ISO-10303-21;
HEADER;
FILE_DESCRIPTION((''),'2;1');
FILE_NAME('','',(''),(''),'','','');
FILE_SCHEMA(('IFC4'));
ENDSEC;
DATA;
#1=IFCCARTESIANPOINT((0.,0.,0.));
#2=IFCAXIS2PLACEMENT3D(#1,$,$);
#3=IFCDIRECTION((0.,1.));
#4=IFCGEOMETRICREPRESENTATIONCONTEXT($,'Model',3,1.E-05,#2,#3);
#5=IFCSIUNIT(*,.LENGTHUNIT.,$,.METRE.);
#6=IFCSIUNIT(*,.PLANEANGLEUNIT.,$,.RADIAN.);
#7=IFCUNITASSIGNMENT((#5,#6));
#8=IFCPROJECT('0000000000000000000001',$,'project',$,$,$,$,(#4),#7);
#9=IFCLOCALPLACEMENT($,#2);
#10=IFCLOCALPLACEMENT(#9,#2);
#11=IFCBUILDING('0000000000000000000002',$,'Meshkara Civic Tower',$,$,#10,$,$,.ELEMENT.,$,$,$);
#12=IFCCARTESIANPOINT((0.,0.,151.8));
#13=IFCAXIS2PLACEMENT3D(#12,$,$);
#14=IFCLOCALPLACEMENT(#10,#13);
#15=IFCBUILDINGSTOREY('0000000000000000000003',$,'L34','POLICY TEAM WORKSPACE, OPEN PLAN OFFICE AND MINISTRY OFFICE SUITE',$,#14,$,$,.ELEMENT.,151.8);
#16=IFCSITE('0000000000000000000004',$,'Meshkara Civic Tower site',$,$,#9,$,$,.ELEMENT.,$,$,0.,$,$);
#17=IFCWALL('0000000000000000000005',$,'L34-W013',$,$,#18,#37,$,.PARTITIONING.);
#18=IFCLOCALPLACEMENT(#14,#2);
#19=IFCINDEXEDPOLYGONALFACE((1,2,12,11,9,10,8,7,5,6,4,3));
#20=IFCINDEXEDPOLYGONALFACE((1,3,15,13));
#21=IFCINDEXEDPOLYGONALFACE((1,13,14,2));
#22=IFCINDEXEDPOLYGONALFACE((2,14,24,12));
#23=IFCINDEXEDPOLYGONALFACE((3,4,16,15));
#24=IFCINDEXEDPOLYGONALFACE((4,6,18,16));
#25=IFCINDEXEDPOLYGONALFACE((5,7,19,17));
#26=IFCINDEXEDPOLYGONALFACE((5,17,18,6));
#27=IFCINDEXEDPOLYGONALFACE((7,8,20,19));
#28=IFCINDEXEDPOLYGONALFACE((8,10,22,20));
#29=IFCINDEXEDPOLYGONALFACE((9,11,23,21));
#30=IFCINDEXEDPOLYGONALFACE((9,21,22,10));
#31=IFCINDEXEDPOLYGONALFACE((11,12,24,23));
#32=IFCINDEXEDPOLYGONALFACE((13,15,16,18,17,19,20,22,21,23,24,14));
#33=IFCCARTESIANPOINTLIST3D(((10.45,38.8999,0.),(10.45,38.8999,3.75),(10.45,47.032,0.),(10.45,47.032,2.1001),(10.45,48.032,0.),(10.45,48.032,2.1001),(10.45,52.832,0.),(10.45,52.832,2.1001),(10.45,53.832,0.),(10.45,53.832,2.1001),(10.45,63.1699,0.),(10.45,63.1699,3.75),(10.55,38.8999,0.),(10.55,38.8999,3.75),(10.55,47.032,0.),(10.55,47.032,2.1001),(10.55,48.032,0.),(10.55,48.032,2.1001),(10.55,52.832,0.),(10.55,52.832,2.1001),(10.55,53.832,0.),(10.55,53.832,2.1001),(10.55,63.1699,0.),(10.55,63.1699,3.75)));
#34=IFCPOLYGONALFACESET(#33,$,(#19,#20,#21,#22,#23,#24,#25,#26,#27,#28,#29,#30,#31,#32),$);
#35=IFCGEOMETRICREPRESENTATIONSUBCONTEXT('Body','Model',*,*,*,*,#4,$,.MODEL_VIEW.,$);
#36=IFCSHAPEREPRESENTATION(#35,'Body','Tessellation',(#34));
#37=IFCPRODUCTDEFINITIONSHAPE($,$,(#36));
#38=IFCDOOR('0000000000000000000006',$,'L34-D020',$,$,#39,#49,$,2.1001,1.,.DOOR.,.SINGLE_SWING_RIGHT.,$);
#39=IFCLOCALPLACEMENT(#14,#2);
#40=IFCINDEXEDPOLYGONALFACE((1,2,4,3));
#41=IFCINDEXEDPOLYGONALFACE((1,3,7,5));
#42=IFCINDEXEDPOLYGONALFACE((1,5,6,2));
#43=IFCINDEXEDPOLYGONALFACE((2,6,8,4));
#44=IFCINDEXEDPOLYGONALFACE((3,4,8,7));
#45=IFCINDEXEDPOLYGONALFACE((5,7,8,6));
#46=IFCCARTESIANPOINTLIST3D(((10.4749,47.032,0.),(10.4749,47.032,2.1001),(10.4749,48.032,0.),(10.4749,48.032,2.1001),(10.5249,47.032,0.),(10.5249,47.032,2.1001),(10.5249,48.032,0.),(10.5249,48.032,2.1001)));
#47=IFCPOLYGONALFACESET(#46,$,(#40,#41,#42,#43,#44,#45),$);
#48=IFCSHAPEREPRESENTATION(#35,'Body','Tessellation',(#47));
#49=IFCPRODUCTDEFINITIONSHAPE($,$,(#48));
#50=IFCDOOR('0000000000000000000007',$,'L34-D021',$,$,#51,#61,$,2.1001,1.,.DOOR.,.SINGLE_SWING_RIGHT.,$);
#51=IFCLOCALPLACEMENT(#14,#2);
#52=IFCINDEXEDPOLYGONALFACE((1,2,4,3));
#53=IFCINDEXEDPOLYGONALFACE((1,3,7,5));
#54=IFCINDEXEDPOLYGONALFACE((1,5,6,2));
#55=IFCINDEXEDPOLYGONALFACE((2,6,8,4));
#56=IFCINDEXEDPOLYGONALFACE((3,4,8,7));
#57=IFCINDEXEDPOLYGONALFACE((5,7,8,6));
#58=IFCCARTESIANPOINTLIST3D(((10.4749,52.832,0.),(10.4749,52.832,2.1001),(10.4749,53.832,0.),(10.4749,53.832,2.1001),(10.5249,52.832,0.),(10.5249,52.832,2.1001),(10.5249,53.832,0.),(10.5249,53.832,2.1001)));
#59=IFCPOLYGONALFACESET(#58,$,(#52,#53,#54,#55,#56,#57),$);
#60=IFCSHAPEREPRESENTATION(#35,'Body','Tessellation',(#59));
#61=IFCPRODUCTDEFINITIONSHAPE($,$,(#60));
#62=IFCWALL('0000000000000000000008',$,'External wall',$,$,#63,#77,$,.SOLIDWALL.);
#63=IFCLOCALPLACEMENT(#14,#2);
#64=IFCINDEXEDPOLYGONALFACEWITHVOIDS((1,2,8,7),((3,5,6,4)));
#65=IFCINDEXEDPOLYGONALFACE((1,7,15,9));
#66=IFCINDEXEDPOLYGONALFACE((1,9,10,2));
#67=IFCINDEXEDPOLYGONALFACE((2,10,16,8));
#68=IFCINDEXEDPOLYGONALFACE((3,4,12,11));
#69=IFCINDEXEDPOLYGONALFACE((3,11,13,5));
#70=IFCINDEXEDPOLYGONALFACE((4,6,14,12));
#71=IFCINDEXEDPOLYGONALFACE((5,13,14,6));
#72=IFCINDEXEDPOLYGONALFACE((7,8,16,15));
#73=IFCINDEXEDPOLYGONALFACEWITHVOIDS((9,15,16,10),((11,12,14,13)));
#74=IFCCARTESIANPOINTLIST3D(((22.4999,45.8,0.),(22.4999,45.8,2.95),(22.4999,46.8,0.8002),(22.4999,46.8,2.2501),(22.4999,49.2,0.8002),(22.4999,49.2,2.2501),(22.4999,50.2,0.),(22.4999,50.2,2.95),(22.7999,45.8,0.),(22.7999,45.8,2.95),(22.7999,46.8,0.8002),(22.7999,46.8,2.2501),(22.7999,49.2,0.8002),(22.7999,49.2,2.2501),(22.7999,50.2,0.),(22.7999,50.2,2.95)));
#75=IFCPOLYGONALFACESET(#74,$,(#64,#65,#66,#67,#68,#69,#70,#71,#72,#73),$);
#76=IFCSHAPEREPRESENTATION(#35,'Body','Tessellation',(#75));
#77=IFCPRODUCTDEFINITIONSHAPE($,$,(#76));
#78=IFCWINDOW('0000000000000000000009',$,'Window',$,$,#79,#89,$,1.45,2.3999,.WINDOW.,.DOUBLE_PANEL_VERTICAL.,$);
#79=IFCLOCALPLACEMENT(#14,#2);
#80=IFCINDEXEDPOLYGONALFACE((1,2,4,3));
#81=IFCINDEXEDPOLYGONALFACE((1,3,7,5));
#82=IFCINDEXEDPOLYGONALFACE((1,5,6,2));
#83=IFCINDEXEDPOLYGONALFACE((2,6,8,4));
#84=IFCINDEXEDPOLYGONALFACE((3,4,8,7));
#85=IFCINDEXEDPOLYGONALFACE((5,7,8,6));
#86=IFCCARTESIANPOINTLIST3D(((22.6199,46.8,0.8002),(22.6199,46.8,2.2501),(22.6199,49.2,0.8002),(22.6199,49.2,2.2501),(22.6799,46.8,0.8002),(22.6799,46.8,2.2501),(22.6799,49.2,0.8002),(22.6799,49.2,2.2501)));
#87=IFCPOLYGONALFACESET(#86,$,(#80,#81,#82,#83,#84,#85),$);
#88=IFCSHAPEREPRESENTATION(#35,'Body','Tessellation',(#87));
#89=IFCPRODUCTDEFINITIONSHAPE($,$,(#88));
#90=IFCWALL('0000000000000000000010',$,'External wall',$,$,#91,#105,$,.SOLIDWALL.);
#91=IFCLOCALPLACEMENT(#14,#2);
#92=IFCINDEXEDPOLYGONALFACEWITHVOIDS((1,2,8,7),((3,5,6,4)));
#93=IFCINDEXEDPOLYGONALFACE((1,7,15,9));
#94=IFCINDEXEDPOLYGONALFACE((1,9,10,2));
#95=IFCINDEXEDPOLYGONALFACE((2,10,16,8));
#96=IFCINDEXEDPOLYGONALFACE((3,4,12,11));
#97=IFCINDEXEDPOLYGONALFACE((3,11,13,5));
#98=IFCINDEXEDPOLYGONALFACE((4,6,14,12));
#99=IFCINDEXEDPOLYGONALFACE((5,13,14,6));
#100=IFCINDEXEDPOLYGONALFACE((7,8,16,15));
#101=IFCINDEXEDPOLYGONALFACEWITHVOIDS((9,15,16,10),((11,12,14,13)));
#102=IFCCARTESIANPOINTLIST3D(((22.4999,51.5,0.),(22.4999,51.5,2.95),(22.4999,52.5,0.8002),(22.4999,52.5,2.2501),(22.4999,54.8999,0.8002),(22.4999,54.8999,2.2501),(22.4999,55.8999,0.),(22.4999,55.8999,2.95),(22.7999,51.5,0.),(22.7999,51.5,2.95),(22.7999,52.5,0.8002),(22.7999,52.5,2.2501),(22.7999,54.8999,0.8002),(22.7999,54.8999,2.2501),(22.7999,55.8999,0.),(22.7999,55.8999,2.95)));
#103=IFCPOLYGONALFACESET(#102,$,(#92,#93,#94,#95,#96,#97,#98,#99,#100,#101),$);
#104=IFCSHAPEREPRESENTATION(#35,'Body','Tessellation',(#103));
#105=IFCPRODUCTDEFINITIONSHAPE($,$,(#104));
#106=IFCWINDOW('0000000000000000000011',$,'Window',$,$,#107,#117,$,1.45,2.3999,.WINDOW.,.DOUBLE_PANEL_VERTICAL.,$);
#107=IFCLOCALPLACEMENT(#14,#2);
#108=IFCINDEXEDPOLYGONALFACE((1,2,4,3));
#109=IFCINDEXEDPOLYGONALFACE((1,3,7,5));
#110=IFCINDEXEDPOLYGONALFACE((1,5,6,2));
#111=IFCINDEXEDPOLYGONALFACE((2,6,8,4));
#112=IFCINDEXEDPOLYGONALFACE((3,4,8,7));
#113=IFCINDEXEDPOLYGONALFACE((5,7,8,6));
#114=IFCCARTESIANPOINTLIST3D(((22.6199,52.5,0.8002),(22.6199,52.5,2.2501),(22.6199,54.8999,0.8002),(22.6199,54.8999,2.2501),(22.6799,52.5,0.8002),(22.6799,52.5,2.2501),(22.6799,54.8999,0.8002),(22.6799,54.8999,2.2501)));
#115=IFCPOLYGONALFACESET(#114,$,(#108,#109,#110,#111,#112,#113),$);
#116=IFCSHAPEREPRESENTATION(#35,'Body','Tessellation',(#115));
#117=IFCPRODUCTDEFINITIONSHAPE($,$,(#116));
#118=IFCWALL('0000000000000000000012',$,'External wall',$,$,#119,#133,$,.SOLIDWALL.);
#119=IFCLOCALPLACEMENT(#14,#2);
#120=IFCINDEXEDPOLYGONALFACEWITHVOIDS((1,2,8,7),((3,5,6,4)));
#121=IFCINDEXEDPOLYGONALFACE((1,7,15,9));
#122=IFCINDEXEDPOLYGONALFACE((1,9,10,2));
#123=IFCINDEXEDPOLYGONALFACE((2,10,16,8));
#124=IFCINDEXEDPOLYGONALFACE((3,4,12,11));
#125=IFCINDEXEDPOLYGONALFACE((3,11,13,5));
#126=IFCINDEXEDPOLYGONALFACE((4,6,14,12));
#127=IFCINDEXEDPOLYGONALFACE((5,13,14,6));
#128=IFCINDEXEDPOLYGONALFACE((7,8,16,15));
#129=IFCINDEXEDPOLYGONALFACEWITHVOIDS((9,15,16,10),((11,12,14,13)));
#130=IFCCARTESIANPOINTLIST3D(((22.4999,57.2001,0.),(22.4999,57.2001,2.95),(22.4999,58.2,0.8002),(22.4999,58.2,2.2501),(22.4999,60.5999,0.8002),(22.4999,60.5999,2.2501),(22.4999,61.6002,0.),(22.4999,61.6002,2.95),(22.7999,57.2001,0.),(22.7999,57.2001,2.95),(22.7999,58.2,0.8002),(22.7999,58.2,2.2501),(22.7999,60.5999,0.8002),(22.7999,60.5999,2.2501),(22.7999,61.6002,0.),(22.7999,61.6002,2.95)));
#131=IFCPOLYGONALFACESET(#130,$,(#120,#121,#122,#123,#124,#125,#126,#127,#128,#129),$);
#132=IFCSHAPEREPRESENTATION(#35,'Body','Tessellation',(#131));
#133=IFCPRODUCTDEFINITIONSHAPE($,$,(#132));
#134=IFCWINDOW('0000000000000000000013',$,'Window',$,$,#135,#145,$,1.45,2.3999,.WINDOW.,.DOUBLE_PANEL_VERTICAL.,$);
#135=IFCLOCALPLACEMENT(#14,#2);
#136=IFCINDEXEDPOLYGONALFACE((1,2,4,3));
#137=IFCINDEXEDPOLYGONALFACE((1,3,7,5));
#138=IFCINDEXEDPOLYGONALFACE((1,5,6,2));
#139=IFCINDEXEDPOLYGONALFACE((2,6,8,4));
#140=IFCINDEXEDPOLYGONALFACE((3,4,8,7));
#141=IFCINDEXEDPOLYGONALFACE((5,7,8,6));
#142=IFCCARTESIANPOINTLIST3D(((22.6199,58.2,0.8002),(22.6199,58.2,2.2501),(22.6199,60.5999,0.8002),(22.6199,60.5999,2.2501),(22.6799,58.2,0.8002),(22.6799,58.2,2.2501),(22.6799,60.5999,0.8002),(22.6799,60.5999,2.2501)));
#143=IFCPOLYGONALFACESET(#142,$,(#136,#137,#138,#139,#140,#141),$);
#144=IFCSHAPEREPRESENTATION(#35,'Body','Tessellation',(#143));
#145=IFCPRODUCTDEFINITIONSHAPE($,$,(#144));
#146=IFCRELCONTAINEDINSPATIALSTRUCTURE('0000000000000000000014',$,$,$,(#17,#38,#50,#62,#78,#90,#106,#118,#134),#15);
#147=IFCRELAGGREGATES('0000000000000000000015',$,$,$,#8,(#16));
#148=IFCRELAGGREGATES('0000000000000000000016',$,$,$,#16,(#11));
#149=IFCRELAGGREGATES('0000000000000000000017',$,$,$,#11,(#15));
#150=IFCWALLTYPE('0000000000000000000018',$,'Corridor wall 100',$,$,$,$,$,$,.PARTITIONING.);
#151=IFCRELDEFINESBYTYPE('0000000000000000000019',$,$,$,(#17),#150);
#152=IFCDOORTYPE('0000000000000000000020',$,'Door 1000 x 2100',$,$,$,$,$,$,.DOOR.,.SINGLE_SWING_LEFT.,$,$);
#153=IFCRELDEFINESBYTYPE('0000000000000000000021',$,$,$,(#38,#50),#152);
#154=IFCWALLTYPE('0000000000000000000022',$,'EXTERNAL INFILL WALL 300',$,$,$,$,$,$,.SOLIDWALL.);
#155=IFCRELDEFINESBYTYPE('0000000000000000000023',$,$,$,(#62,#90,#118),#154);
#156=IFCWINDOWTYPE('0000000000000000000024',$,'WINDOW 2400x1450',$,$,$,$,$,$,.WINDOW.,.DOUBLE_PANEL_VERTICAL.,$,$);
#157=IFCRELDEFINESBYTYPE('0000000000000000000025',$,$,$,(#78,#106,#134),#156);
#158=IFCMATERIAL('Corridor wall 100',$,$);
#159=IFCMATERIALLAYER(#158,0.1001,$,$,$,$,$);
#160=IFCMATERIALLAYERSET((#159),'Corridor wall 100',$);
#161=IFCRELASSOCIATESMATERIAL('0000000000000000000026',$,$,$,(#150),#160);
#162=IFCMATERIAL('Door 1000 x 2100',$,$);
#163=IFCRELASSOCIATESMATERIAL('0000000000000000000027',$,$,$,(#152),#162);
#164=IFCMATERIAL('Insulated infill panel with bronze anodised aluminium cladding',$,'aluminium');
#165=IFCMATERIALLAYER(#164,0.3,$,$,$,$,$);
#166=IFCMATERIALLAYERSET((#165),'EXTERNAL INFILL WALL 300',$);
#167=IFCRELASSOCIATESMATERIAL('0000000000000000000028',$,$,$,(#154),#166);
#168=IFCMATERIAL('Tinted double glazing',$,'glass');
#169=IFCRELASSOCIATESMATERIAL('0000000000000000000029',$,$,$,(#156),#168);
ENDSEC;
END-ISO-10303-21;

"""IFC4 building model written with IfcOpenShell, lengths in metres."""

from ifc_helpers import new_model, si_unit, direction, frame, frame_2d, origin, place, context, subcontext, project, spatial, rectangle, extrude, material, layer, layer_set, type_object, element, fill, save


model = new_model("IFC4")

# Units and contexts
model_context = context("Model", 3, precision=1e-05, world=origin(), true_north=direction((0.0, 1.0)))
body_context = subcontext(model_context, "Body", "Model", "MODEL_VIEW")
ifc_project = project(units=[si_unit("LENGTHUNIT", "METRE"), si_unit("PLANEANGLEUNIT", "RADIAN")], contexts=[model_context])

# Site, building, storey
site_placement = place(None, origin())
site = spatial("IfcSite", under=ifc_project, at=site_placement, Name="Meshkara Civic Tower site", CompositionType="ELEMENT", RefElevation=0.0)
building_placement = place(site_placement, origin())
building = spatial("IfcBuilding", under=site, at=building_placement, Name="Meshkara Civic Tower", CompositionType="ELEMENT")
storey_placement = place(building_placement, frame((0.0, 0.0, 151.8)))
storey = spatial("IfcBuildingStorey", under=building, at=storey_placement, Name="L34", Description="POLICY TEAM WORKSPACE, OPEN PLAN OFFICE AND MINISTRY OFFICE SUITE", CompositionType="ELEMENT", Elevation=151.8)

# Wall, openings, doors
ifc_material_1 = material(Name="Corridor wall 100")
ifc_layer_1 = layer(ifc_material_1, 0.1001)
ifc_layer_set_1 = layer_set([ifc_layer_1], Name="Corridor wall 100")
wall_type_1 = type_object("IfcWallType", Name="Corridor wall 100", PredefinedType="PARTITIONING", material=ifc_layer_set_1)
wall_1_placement = place(storey_placement, frame((10.5, 63.1699, 0.0), z_axis=(0.0, 0.0, 1.0), x_axis=(0.0, -1.0, 0.0)))
wall_1 = element("IfcWall", 1, at=wall_1_placement, inside=storey, type_object=wall_type_1, Name="L34-W013", PredefinedType="PARTITIONING", context=body_context, shape_type="SweptSolid", body=[
    extrude(rectangle(XDim=24.27, YDim=0.1001, at=frame_2d((12.135, 0.0))), origin(), (0.0, 0.0, 1.0), 3.75),
])
opening_1_placement = place(wall_1_placement, frame((15.1379, 0.0, 0.0)))
opening_1 = element("IfcOpeningElement", 2, at=opening_1_placement, cuts=wall_1, PredefinedType="OPENING", context=body_context, shape_type="SweptSolid", body=[
    extrude(rectangle(XDim=1.0, YDim=2.1001, at=frame_2d((0.5, 1.05))), frame((0.0, 0.0601, 0.0), z_axis=(0.0, -1.0, 0.0), x_axis=(1.0, 0.0, 0.0)), (0.0, 0.0, 1.0), 0.1201),
])
opening_2_placement = place(wall_1_placement, frame((9.3379, 0.0, 0.0)))
opening_2 = element("IfcOpeningElement", 3, at=opening_2_placement, cuts=wall_1, PredefinedType="OPENING", context=body_context, shape_type="SweptSolid", body=[
    extrude(rectangle(XDim=1.0, YDim=2.1001, at=frame_2d((0.5, 1.05))), frame((0.0, 0.0601, 0.0), z_axis=(0.0, -1.0, 0.0), x_axis=(1.0, 0.0, 0.0)), (0.0, 0.0, 1.0), 0.1201),
])
ifc_material_2 = material(Name="Door 1000 x 2100")
door_type = type_object("IfcDoorType", Name="Door 1000 x 2100", OperationType="SINGLE_SWING_LEFT", PredefinedType="DOOR", material=ifc_material_2)
door_1_placement = place(opening_1_placement, origin())
door_1 = element("IfcDoor", 4, at=door_1_placement, inside=storey, type_object=door_type, Name="L34-D020", OperationType="SINGLE_SWING_RIGHT", OverallHeight=2.1001, OverallWidth=1.0, PredefinedType="DOOR", context=body_context, shape_type="SweptSolid", body=[
    extrude(rectangle(XDim=1.0, YDim=2.1001, at=frame_2d((0.5, 1.05))), frame((0.0, 0.0249, 0.0), z_axis=(0.0, -1.0, 0.0), x_axis=(1.0, 0.0, 0.0)), (0.0, 0.0, 1.0), 0.05),
])
fill(opening_1, door_1)
door_2_placement = place(opening_2_placement, origin())
door_2 = element("IfcDoor", 5, at=door_2_placement, inside=storey, type_object=door_type, Name="L34-D021", OperationType="SINGLE_SWING_RIGHT", OverallHeight=2.1001, OverallWidth=1.0, PredefinedType="DOOR", context=body_context, shape_type="SweptSolid", body=[
    extrude(rectangle(XDim=1.0, YDim=2.1001, at=frame_2d((0.5, 1.05))), frame((0.0, 0.0249, 0.0), z_axis=(0.0, -1.0, 0.0), x_axis=(1.0, 0.0, 0.0)), (0.0, 0.0, 1.0), 0.05),
])
fill(opening_2, door_2)

# Walls, openings, windows
ifc_material_3 = material(Name="Insulated infill panel with bronze anodised aluminium cladding", Category="aluminium")
ifc_layer_2 = layer(ifc_material_3, 0.3)
ifc_layer_set_2 = layer_set([ifc_layer_2], Name="EXTERNAL INFILL WALL 300")
wall_type_2 = type_object("IfcWallType", Name="EXTERNAL INFILL WALL 300", PredefinedType="SOLIDWALL", material=ifc_layer_set_2)
wall_2_placement = place(storey_placement, frame((22.6499, 45.8, 0.0), z_axis=(0.0, 0.0, 1.0), x_axis=(0.0, 1.0, 0.0)))
wall_2 = element("IfcWall", 6, at=wall_2_placement, inside=storey, type_object=wall_type_2, Name="External wall", PredefinedType="SOLIDWALL", context=body_context, shape_type="SweptSolid", body=[
    extrude(rectangle(XDim=4.3999, YDim=0.3, at=frame_2d((2.2, 0.0))), origin(), (0.0, 0.0, 1.0), 2.95),
])
opening_3_placement = place(wall_2_placement, frame((1.0, 0.0, 0.8)))
opening_3 = element("IfcOpeningElement", 7, at=opening_3_placement, cuts=wall_2, PredefinedType="OPENING", context=body_context, shape_type="SweptSolid", body=[
    extrude(rectangle(XDim=2.3999, YDim=1.45, at=frame_2d((1.2, 0.7251))), frame((0.0, 0.1599, 0.0), z_axis=(0.0, -1.0, 0.0), x_axis=(1.0, 0.0, 0.0)), (0.0, 0.0, 1.0), 0.3201),
])
ifc_material_4 = material(Name="Tinted double glazing", Category="glass")
window_type = type_object("IfcWindowType", Name="WINDOW 2400x1450", PartitioningType="DOUBLE_PANEL_VERTICAL", PredefinedType="WINDOW", material=ifc_material_4)
window_1_placement = place(opening_3_placement, origin())
window_1 = element("IfcWindow", 8, at=window_1_placement, inside=storey, type_object=window_type, Name="Window", OverallHeight=1.45, OverallWidth=2.3999, PartitioningType="DOUBLE_PANEL_VERTICAL", PredefinedType="WINDOW", context=body_context, shape_type="SweptSolid", body=[
    extrude(rectangle(XDim=2.3999, YDim=1.45, at=frame_2d((1.2, 0.7251))), frame((0.0, 0.03, 0.0), z_axis=(0.0, -1.0, 0.0), x_axis=(1.0, 0.0, 0.0)), (0.0, 0.0, 1.0), 0.0601),
])
fill(opening_3, window_1)
wall_3_placement = place(storey_placement, frame((22.6499, 51.5, 0.0), z_axis=(0.0, 0.0, 1.0), x_axis=(0.0, 1.0, 0.0)))
wall_3 = element("IfcWall", 9, at=wall_3_placement, inside=storey, type_object=wall_type_2, Name="External wall", PredefinedType="SOLIDWALL", context=body_context, shape_type="SweptSolid", body=[
    extrude(rectangle(XDim=4.3999, YDim=0.3, at=frame_2d((2.2, 0.0))), origin(), (0.0, 0.0, 1.0), 2.95),
])
opening_4_placement = place(wall_3_placement, frame((1.0, 0.0, 0.8)))
opening_4 = element("IfcOpeningElement", 10, at=opening_4_placement, cuts=wall_3, PredefinedType="OPENING", context=body_context, shape_type="SweptSolid", body=[
    extrude(rectangle(XDim=2.3999, YDim=1.45, at=frame_2d((1.2, 0.7251))), frame((0.0, 0.1599, 0.0), z_axis=(0.0, -1.0, 0.0), x_axis=(1.0, 0.0, 0.0)), (0.0, 0.0, 1.0), 0.3201),
])
window_2_placement = place(opening_4_placement, origin())
window_2 = element("IfcWindow", 11, at=window_2_placement, inside=storey, type_object=window_type, Name="Window", OverallHeight=1.45, OverallWidth=2.3999, PartitioningType="DOUBLE_PANEL_VERTICAL", PredefinedType="WINDOW", context=body_context, shape_type="SweptSolid", body=[
    extrude(rectangle(XDim=2.3999, YDim=1.45, at=frame_2d((1.2, 0.7251))), frame((0.0, 0.03, 0.0), z_axis=(0.0, -1.0, 0.0), x_axis=(1.0, 0.0, 0.0)), (0.0, 0.0, 1.0), 0.0601),
])
fill(opening_4, window_2)
wall_4_placement = place(storey_placement, frame((22.6499, 57.2, 0.0), z_axis=(0.0, 0.0, 1.0), x_axis=(0.0, 1.0, 0.0)))
wall_4 = element("IfcWall", 12, at=wall_4_placement, inside=storey, type_object=wall_type_2, Name="External wall", PredefinedType="SOLIDWALL", context=body_context, shape_type="SweptSolid", body=[
    extrude(rectangle(XDim=4.4001, YDim=0.3, at=frame_2d((2.2002, 0.0))), origin(), (0.0, 0.0, 1.0), 2.95),
])
opening_5_placement = place(wall_4_placement, frame((1.0, 0.0, 0.8)))
opening_5 = element("IfcOpeningElement", 13, at=opening_5_placement, cuts=wall_4, PredefinedType="OPENING", context=body_context, shape_type="SweptSolid", body=[
    extrude(rectangle(XDim=2.3999, YDim=1.45, at=frame_2d((1.2, 0.7251))), frame((0.0, 0.1599, 0.0), z_axis=(0.0, -1.0, 0.0), x_axis=(1.0, 0.0, 0.0)), (0.0, 0.0, 1.0), 0.3201),
])
window_3_placement = place(opening_5_placement, origin())
window_3 = element("IfcWindow", 14, at=window_3_placement, inside=storey, type_object=window_type, Name="Window", OverallHeight=1.45, OverallWidth=2.3999, PartitioningType="DOUBLE_PANEL_VERTICAL", PredefinedType="WINDOW", context=body_context, shape_type="SweptSolid", body=[
    extrude(rectangle(XDim=2.3999, YDim=1.45, at=frame_2d((1.2, 0.7251))), frame((0.0, 0.03, 0.0), z_axis=(0.0, -1.0, 0.0), x_axis=(1.0, 0.0, 0.0)), (0.0, 0.0, 1.0), 0.0601),
])
fill(opening_5, window_3)

save(model, "model.ifc")
